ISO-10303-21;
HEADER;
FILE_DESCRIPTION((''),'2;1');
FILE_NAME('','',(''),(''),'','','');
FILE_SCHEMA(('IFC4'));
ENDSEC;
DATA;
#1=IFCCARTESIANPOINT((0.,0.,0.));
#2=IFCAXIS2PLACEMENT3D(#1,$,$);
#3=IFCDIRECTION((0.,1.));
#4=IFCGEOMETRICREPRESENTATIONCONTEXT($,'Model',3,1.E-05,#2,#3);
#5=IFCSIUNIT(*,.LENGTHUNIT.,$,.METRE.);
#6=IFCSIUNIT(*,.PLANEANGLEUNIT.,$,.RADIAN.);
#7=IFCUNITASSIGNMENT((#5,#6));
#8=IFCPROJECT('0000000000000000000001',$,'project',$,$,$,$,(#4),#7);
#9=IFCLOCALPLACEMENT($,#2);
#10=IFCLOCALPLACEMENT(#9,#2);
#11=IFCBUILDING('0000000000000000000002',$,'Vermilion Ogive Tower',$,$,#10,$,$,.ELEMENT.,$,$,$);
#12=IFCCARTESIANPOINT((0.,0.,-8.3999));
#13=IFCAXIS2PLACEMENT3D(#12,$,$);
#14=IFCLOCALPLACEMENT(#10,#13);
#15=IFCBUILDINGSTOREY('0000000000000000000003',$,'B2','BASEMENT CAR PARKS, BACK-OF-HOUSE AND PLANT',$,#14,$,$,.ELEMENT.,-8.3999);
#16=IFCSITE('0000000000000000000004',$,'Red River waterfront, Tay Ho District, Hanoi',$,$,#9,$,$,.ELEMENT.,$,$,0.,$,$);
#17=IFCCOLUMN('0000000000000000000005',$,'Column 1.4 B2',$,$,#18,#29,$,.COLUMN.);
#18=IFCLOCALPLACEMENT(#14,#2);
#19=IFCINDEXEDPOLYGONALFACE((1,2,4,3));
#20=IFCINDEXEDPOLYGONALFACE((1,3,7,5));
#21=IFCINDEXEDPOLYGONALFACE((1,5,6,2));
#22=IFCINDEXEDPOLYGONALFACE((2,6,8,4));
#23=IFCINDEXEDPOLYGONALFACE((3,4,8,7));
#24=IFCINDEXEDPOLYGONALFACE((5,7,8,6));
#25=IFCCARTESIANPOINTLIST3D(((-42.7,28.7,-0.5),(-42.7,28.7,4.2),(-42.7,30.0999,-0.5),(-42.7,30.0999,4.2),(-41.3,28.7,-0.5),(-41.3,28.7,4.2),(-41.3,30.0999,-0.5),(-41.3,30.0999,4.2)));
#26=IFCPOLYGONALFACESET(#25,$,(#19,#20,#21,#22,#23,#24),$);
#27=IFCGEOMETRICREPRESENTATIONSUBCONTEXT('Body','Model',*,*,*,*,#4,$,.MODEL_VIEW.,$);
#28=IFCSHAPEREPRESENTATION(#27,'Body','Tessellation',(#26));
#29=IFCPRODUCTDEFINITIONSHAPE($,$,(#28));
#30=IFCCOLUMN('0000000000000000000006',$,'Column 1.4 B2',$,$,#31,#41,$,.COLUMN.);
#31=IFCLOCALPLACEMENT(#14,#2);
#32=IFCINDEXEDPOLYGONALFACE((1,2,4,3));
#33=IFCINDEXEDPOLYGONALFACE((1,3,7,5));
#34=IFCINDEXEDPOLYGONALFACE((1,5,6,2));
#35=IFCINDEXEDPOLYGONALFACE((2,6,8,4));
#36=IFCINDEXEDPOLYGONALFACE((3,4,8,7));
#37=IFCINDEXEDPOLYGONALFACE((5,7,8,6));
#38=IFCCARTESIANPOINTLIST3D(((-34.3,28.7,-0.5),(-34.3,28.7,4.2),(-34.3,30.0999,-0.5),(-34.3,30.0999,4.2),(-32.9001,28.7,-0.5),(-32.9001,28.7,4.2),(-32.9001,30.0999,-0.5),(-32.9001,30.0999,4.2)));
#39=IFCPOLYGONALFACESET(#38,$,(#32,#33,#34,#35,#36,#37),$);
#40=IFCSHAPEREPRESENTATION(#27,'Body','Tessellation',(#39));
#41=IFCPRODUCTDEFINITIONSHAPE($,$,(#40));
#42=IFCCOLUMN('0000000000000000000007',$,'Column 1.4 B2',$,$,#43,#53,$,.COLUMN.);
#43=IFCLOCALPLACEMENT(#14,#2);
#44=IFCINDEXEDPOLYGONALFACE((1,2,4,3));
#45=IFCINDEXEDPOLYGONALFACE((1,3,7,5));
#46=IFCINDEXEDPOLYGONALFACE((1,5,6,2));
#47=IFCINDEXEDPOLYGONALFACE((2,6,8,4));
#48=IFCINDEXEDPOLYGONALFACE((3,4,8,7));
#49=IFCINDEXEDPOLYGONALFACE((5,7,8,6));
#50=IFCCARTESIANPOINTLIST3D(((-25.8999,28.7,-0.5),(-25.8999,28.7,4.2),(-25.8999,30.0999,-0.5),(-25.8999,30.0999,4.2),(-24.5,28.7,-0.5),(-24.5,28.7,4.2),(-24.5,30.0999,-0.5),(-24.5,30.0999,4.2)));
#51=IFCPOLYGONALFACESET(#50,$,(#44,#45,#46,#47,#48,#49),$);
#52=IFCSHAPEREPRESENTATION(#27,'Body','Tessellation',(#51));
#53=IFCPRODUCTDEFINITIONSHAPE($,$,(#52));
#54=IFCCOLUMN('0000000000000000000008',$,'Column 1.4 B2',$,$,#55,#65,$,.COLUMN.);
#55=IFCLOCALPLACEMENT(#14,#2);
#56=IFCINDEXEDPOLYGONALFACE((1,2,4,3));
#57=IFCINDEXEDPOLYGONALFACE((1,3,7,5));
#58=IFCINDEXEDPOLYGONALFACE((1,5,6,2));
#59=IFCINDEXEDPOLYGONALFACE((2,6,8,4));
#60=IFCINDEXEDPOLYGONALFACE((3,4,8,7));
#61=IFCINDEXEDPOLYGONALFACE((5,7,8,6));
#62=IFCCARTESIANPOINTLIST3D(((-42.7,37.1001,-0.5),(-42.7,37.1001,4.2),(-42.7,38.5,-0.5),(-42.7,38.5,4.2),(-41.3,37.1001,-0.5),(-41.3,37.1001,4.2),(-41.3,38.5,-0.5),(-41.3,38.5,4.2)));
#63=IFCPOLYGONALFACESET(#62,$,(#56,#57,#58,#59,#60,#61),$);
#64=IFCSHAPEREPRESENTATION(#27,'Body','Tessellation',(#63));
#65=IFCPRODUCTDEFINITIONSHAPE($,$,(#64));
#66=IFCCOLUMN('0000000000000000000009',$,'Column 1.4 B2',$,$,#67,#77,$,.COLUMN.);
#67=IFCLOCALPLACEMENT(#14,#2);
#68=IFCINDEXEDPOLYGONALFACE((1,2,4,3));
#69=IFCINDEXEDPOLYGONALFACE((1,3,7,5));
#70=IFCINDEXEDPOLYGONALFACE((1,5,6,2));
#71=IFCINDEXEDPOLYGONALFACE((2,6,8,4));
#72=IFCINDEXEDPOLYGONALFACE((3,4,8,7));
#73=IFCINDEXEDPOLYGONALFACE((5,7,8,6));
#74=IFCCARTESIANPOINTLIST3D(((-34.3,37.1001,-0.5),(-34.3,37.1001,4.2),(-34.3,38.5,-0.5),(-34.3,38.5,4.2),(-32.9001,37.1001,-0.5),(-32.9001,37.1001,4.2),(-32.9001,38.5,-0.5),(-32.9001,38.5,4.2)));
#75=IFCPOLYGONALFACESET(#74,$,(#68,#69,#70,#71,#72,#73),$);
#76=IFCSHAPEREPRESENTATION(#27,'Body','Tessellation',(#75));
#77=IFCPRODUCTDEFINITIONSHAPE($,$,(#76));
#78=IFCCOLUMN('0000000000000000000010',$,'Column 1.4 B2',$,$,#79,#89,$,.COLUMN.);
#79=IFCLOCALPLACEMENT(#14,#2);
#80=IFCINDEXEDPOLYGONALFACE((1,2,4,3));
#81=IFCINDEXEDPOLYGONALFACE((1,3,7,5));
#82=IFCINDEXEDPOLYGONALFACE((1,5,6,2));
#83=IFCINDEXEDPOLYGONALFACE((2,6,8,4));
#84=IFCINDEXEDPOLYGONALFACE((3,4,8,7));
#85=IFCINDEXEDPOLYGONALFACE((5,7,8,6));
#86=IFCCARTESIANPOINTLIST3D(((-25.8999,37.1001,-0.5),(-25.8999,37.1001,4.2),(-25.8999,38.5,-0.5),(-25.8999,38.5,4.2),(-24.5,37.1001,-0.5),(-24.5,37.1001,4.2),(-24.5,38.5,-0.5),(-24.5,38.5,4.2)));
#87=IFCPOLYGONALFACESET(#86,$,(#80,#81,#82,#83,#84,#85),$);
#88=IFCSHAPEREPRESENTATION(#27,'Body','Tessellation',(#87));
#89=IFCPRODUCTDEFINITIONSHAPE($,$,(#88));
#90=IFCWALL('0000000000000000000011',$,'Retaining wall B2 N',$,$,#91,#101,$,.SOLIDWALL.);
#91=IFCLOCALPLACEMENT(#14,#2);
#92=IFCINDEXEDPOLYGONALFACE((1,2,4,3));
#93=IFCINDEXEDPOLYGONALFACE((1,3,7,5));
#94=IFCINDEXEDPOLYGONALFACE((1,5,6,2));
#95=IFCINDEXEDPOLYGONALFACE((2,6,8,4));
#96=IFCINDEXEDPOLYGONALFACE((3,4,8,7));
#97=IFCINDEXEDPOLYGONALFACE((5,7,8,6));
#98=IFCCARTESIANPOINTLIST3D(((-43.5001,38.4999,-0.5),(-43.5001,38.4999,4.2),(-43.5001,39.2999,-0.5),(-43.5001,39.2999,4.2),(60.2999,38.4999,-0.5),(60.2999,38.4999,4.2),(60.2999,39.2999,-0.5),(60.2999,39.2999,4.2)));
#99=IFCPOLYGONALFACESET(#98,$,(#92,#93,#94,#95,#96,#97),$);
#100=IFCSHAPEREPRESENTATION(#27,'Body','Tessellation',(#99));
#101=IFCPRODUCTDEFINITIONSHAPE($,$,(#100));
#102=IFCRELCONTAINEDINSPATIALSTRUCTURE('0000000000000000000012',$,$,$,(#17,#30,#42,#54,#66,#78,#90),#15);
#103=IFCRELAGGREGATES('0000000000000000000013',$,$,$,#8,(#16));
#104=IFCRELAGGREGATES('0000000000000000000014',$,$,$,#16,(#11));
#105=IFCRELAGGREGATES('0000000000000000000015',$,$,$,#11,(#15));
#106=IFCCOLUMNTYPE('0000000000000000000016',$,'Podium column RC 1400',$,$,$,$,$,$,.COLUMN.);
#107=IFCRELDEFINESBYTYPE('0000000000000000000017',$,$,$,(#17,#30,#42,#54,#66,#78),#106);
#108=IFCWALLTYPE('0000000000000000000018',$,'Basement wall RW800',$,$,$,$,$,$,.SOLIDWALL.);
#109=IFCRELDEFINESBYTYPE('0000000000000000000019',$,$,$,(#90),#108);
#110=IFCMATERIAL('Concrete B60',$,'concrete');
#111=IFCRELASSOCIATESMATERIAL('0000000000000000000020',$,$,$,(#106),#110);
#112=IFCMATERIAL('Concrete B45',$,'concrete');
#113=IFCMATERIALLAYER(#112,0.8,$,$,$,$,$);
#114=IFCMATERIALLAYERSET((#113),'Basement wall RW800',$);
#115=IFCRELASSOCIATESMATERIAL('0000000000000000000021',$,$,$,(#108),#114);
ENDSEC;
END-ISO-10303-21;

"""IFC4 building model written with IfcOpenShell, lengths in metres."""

from ifc_helpers import new_model, si_unit, direction, frame, frame_2d, origin, origin_2d, place, context, subcontext, project, spatial, rectangle, extrude, material, layer, layer_set, material_profile, profile_set, type_object, element, save


model = new_model("IFC4")

# Units and contexts
model_context = context("Model", 3, precision=1e-05, world=origin(), true_north=direction((0.0, 1.0)))
body_context = subcontext(model_context, "Body", "Model", "MODEL_VIEW")
ifc_project = project(units=[si_unit("LENGTHUNIT", "METRE"), si_unit("PLANEANGLEUNIT", "RADIAN")], contexts=[model_context])

# Site, building, storey
site_placement = place(None, origin())
site = spatial("IfcSite", under=ifc_project, at=site_placement, Name="Red River waterfront, Tay Ho District, Hanoi", CompositionType="ELEMENT", RefElevation=0.0)
building_placement = place(site_placement, origin())
building = spatial("IfcBuilding", under=site, at=building_placement, Name="Vermilion Ogive Tower", CompositionType="ELEMENT")
storey_placement = place(building_placement, frame((0.0, 0.0, -8.3999)))
storey = spatial("IfcBuildingStorey", under=building, at=storey_placement, Name="B2", Description="BASEMENT CAR PARKS, BACK-OF-HOUSE AND PLANT", CompositionType="ELEMENT", Elevation=-8.3999)

# Columns
ifc_material_1 = material(Name="Concrete B60", Category="concrete")
ifc_material_profile = material_profile(ifc_material_1, rectangle(XDim=1.3999, YDim=1.3999, at=origin_2d()), Name="RC 1400x1400")
ifc_profile_set = profile_set([ifc_material_profile], Name="Concrete B60")
column_type = type_object("IfcColumnType", Name="Podium column RC 1400", PredefinedType="COLUMN", material=ifc_profile_set)
for number, where, z_axis, x_axis, name in (
    (1, (-42.0, 29.3999, -0.5), (0.0, 0.0, 1.0), (1.0, 0.0, 0.0), "Column 1.4 B2"),
    (2, (-33.6001, 29.3999, -0.5), (0.0, 0.0, 1.0), (1.0, 0.0, 0.0), "Column 1.4 B2"),
    (3, (-25.2, 29.3999, -0.5), (0.0, 0.0, 1.0), (1.0, 0.0, 0.0), "Column 1.4 B2"),
    (4, (-42.0, 37.8, -0.5), (0.0, 0.0, 1.0), (1.0, 0.0, 0.0), "Column 1.4 B2"),
    (5, (-33.6001, 37.8, -0.5), (0.0, 0.0, 1.0), (1.0, 0.0, 0.0), "Column 1.4 B2"),
    (6, (-25.2, 37.8, -0.5), (0.0, 0.0, 1.0), (1.0, 0.0, 0.0), "Column 1.4 B2"),
):
    element("IfcColumn", number, at=place(storey_placement, frame(where, z_axis=z_axis, x_axis=x_axis)), inside=storey, type_object=column_type, Name=name, PredefinedType="COLUMN", context=body_context, shape_type="SweptSolid", body=[
        extrude(rectangle(XDim=1.3999, YDim=1.3999, at=origin_2d()), origin(), (0.0, 0.0, 1.0), 4.7),
    ])

# Wall
ifc_material_2 = material(Name="Concrete B45", Category="concrete")
ifc_layer = layer(ifc_material_2, 0.8)
ifc_layer_set = layer_set([ifc_layer], Name="Basement wall RW800")
wall_type = type_object("IfcWallType", Name="Basement wall RW800", PredefinedType="SOLIDWALL", material=ifc_layer_set)
wall_placement = place(storey_placement, frame((-43.5, 38.8999, -0.5), z_axis=(0.0, 0.0, 1.0), x_axis=(1.0, 0.0, 0.0)))
element("IfcWall", 7, at=wall_placement, inside=storey, type_object=wall_type, Name="Retaining wall B2 N", PredefinedType="SOLIDWALL", context=body_context, shape_type="SweptSolid", body=[
    extrude(rectangle(XDim=103.8, YDim=0.8, at=frame_2d((51.8999, 0.0))), origin(), (0.0, 0.0, 1.0), 4.7),
])

save(model, "model.ifc")
